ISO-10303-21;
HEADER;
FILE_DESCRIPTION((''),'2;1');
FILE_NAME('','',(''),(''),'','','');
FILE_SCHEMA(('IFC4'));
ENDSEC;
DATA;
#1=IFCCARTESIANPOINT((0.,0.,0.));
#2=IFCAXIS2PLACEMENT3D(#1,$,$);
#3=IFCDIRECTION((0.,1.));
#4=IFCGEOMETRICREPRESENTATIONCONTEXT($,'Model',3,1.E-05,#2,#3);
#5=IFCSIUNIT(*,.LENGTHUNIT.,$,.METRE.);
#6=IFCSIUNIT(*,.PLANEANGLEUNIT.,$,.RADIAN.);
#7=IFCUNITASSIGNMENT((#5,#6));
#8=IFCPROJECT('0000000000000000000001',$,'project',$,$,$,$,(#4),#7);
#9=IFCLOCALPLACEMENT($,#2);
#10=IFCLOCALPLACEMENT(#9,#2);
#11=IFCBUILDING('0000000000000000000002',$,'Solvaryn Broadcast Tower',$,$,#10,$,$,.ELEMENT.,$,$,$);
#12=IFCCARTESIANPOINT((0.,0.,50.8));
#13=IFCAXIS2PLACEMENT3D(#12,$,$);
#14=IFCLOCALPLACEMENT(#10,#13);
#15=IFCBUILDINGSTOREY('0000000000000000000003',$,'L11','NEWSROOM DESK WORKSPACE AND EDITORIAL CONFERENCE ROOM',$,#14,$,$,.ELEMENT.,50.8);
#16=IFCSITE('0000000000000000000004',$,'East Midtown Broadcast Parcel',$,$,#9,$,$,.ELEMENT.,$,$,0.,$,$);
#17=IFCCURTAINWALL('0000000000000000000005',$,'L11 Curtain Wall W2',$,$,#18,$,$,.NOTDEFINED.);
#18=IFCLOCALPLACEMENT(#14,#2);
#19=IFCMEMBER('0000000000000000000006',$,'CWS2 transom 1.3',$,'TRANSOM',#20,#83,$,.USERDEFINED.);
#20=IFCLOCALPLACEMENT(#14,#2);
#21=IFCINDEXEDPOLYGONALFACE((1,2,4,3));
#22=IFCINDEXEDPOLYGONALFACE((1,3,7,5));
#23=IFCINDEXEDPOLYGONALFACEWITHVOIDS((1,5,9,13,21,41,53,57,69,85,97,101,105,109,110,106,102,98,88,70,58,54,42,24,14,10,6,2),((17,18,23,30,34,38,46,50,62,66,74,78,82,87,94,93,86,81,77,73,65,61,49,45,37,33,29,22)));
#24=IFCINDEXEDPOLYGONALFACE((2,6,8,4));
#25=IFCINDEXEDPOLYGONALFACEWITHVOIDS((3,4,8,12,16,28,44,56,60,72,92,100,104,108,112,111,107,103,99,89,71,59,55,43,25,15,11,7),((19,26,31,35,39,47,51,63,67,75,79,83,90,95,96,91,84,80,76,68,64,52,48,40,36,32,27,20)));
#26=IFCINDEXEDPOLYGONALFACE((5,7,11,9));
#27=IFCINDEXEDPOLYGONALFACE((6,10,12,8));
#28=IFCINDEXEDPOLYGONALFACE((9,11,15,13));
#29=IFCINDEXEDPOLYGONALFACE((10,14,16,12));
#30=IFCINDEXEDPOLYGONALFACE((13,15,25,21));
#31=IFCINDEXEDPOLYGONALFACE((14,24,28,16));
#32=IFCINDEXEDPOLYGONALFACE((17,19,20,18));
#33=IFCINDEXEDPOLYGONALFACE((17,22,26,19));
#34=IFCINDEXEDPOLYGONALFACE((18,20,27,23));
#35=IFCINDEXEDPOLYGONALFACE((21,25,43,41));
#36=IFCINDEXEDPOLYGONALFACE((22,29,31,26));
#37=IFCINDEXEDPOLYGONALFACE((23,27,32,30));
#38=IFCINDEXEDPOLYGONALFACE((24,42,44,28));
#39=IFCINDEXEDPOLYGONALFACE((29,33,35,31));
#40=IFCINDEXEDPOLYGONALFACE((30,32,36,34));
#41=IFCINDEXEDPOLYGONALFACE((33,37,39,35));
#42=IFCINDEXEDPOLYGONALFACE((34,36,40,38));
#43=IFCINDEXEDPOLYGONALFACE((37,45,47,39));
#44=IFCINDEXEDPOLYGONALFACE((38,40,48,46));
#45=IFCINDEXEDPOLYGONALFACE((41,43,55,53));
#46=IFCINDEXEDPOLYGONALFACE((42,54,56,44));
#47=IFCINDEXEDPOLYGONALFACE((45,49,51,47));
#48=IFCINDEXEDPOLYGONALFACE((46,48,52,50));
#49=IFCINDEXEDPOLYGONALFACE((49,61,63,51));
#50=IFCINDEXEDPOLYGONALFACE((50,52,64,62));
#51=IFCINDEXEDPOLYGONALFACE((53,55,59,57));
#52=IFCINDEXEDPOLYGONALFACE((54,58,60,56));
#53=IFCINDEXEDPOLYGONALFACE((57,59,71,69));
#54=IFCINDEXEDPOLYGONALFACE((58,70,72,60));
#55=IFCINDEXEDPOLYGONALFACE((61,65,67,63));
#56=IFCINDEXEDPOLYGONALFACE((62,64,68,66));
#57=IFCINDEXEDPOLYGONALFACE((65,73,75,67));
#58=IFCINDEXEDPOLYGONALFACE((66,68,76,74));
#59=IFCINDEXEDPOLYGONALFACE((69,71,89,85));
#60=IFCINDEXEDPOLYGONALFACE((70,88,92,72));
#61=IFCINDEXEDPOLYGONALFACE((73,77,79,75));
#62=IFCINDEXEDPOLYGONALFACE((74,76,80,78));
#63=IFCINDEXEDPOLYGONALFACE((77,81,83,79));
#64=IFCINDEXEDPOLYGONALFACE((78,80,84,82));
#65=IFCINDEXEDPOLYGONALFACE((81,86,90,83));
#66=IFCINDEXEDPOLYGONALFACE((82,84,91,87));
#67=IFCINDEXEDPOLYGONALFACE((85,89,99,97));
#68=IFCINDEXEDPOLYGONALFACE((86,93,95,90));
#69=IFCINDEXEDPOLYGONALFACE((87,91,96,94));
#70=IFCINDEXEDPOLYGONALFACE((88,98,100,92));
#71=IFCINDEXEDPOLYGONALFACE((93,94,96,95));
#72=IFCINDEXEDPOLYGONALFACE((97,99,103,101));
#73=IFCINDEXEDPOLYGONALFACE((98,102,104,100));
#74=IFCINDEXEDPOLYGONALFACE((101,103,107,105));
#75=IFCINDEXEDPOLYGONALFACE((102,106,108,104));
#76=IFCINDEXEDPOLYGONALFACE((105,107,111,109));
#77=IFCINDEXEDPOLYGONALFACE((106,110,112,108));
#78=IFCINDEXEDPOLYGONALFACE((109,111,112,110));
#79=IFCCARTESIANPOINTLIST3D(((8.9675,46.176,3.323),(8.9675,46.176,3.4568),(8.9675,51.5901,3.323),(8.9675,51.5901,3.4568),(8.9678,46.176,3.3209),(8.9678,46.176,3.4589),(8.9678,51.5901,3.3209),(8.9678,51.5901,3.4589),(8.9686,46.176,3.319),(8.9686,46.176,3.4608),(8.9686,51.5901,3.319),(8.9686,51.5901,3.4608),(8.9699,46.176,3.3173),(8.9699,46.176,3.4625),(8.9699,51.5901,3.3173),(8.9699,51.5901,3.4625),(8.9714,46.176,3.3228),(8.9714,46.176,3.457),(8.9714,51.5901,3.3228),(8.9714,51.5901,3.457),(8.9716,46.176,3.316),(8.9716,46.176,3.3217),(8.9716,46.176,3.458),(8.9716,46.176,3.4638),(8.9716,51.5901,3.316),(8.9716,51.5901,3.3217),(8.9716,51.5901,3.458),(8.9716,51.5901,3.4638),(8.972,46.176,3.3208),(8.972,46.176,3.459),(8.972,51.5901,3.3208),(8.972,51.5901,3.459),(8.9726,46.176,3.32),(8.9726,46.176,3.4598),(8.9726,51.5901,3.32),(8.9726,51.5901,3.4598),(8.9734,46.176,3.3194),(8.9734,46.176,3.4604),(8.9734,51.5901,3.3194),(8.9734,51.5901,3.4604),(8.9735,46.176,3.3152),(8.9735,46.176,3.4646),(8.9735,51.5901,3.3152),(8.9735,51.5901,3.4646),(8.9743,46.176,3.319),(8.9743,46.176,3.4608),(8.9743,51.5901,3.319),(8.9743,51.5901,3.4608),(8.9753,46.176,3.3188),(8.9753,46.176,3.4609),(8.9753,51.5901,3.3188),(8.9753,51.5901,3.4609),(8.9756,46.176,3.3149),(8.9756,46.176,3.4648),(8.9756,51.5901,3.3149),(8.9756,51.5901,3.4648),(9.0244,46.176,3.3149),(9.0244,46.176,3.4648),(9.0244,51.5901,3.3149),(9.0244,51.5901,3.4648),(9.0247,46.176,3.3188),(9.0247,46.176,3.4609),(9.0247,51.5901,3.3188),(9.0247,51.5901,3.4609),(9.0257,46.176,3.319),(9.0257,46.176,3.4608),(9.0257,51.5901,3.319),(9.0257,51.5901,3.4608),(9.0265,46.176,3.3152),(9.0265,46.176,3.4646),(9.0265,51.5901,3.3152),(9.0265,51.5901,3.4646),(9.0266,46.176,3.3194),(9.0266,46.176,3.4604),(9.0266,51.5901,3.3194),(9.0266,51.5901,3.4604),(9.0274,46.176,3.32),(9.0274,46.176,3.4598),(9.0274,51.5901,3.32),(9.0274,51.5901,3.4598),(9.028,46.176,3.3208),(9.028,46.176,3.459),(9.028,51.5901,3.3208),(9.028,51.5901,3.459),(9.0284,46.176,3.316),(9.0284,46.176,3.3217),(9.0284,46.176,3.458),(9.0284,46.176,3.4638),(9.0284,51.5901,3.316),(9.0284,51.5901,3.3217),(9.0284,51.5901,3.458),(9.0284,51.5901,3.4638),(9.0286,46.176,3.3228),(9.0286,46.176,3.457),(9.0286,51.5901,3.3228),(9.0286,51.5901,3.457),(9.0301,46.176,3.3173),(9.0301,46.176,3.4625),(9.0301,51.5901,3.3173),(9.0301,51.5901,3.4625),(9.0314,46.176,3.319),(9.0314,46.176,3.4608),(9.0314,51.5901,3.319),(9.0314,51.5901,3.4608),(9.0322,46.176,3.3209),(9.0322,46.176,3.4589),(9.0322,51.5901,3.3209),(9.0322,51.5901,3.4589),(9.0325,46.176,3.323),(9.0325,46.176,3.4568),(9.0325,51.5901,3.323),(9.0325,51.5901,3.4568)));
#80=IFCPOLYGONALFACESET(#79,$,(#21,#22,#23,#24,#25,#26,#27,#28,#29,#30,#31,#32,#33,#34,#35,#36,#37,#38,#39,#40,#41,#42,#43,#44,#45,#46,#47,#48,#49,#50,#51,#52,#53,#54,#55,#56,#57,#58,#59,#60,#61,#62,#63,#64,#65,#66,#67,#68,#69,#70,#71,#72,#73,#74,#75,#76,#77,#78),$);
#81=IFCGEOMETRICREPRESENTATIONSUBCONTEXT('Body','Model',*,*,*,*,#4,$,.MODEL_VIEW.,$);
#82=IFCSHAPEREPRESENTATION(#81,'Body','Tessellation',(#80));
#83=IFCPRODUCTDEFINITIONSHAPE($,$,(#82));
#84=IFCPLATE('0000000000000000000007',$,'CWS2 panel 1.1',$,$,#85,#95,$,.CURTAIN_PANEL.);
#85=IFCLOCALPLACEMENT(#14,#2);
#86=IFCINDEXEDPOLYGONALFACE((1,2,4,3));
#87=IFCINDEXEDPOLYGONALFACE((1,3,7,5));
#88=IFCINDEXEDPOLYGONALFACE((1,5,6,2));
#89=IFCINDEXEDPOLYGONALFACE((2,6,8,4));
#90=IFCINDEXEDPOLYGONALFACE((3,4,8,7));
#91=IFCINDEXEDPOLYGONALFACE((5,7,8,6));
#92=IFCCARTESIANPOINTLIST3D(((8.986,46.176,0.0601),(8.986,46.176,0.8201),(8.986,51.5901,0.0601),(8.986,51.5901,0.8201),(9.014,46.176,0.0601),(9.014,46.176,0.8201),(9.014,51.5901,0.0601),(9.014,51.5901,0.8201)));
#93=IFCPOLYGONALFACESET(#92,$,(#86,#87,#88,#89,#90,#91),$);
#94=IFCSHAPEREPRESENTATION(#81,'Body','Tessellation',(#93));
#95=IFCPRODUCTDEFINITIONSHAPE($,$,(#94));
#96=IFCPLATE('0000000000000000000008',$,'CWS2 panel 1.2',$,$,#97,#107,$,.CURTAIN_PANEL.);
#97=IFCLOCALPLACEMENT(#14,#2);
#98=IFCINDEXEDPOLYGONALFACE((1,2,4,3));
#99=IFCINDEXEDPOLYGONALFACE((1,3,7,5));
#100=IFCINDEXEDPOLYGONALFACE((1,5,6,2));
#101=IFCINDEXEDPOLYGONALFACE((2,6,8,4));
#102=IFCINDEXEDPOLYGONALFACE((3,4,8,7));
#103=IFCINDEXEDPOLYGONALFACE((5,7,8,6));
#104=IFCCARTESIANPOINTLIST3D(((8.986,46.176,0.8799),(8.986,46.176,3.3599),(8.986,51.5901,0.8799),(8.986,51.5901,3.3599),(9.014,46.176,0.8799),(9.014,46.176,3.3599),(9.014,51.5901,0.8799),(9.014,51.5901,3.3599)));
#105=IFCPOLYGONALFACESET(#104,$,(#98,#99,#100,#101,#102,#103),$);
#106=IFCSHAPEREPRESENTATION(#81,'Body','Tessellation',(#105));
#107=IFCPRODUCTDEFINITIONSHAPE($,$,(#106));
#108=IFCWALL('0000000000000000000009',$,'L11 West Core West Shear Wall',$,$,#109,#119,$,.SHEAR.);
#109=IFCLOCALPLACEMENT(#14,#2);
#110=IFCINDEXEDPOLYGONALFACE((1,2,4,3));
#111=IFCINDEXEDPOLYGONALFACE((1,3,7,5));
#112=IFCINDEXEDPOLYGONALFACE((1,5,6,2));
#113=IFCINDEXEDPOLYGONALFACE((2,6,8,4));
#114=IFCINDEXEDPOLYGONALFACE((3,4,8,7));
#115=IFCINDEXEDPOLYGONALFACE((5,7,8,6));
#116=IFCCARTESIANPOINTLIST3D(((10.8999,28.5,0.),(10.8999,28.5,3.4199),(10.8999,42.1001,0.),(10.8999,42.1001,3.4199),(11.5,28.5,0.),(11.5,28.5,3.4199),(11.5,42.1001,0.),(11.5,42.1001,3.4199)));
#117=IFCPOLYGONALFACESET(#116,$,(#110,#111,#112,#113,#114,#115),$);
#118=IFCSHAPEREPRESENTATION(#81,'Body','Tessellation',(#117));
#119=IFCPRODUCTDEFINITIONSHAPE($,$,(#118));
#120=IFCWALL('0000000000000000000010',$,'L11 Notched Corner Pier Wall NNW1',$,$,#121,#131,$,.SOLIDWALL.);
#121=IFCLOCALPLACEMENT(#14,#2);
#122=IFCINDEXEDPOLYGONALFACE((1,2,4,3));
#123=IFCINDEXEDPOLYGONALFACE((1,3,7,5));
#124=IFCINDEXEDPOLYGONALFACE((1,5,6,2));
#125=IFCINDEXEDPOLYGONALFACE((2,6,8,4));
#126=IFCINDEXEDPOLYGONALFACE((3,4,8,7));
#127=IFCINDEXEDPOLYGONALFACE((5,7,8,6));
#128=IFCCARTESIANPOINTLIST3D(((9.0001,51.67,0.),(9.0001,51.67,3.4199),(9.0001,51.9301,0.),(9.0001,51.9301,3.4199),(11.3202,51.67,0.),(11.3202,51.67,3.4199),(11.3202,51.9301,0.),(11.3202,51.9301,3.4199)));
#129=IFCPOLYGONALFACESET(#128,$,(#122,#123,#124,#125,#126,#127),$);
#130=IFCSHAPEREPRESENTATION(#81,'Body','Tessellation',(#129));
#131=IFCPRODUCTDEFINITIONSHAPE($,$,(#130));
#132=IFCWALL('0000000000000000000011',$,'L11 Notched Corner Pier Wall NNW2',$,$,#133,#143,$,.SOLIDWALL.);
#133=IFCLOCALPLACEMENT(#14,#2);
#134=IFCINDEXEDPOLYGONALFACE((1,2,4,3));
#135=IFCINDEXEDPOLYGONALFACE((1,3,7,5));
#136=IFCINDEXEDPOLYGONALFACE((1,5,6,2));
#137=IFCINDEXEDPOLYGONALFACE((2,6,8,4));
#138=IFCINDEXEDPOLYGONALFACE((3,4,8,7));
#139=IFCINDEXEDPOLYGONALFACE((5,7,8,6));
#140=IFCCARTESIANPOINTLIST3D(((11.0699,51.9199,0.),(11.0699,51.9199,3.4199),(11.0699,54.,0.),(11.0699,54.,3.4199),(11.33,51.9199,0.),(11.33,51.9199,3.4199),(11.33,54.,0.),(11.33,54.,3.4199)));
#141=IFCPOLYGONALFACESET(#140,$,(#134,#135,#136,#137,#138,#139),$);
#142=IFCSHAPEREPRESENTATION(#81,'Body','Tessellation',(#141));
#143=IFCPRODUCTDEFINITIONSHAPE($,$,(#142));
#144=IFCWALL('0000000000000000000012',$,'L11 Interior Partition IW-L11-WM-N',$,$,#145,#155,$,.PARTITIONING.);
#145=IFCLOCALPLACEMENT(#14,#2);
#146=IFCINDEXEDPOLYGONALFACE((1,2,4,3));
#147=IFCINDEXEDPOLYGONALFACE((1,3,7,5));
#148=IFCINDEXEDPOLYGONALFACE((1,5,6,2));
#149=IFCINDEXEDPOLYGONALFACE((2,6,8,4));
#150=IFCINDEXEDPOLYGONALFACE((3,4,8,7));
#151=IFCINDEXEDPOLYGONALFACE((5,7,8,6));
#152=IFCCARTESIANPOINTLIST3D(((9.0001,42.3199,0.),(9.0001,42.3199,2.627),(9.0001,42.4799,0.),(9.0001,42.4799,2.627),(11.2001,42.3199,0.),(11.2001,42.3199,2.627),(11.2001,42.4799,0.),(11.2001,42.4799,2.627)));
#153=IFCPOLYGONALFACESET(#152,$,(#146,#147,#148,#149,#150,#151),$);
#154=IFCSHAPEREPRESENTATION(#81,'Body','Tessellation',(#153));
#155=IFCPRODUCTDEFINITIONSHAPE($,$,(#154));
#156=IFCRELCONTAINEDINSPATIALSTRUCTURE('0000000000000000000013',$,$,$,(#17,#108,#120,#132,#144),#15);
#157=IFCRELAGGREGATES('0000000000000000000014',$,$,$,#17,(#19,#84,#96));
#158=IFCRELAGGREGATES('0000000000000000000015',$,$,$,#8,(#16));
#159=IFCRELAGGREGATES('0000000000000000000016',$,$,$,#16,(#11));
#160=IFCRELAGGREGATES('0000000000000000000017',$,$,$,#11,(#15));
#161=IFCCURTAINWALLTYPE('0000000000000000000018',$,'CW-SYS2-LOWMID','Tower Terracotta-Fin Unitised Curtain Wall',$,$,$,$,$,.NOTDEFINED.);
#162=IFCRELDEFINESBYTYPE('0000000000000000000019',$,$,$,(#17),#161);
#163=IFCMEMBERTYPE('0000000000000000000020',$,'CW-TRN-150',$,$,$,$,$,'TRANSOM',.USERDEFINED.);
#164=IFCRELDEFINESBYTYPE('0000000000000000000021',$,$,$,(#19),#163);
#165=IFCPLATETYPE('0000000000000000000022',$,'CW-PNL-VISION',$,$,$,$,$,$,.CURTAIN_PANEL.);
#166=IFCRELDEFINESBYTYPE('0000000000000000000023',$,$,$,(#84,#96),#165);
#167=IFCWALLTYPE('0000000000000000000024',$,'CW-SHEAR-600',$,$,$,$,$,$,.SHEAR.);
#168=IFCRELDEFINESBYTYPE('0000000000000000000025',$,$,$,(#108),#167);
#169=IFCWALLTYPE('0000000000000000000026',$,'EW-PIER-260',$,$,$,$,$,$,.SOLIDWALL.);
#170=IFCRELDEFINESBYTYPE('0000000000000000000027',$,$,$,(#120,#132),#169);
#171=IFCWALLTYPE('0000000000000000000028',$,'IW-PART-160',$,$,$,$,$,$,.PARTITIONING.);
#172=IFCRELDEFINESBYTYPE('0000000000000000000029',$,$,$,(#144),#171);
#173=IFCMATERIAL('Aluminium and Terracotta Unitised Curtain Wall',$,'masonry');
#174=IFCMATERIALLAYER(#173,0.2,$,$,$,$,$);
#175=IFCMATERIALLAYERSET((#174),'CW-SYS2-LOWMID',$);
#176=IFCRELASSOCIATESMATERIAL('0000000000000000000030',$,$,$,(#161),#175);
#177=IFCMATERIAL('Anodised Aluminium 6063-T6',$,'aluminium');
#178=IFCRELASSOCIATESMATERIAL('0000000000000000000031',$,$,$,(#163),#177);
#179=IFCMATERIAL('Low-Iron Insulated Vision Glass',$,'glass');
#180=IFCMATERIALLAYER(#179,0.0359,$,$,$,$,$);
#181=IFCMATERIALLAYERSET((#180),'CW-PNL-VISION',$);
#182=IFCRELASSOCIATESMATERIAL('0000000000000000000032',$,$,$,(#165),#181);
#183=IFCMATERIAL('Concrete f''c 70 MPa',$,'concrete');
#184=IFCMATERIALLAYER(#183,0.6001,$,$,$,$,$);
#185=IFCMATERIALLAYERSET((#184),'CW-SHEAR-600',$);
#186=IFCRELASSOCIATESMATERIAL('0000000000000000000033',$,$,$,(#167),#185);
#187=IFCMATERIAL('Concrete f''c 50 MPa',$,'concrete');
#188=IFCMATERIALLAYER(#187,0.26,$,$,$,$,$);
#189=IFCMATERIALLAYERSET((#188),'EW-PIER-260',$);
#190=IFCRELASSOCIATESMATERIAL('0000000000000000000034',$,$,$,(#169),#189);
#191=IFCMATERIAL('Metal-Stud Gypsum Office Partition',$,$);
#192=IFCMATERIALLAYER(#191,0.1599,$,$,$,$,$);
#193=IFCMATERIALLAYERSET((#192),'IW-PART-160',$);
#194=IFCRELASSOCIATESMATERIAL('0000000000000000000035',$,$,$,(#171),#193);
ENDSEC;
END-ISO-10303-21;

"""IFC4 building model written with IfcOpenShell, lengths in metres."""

from ifc_helpers import new_model, si_unit, direction, frame, frame_2d, origin, origin_2d, place, context, subcontext, project, spatial, rectangle, hollow_rectangle, extrude, material, layer, layer_set, material_profile, profile_set, type_object, element, aggregate, save


model = new_model("IFC4")

# Units and contexts
model_context = context("Model", 3, precision=1e-05, world=origin(), true_north=direction((0.0, 1.0)))
body_context = subcontext(model_context, "Body", "Model", "MODEL_VIEW")
ifc_project = project(units=[si_unit("LENGTHUNIT", "METRE"), si_unit("PLANEANGLEUNIT", "RADIAN")], contexts=[model_context])

# Site, building, storey
site_placement = place(None, origin())
site = spatial("IfcSite", under=ifc_project, at=site_placement, Name="East Midtown Broadcast Parcel", CompositionType="ELEMENT", RefElevation=0.0)
building_placement = place(site_placement, origin())
building = spatial("IfcBuilding", under=site, at=building_placement, Name="Solvaryn Broadcast Tower", CompositionType="ELEMENT")
storey_placement = place(building_placement, frame((0.0, 0.0, 50.8)))
storey = spatial("IfcBuildingStorey", under=building, at=storey_placement, Name="L11", Description="NEWSROOM DESK WORKSPACE AND EDITORIAL CONFERENCE ROOM", CompositionType="ELEMENT", Elevation=50.8)

# Shared definitions
ifc_material_1 = material(Name="Aluminium and Terracotta Unitised Curtain Wall", Category="masonry")
ifc_layer_1 = layer(ifc_material_1, 0.2)
ifc_layer_set_1 = layer_set([ifc_layer_1], Name="CW-SYS2-LOWMID")
curtain_wall_type = type_object("IfcCurtainWallType", Name="CW-SYS2-LOWMID", Description="Tower Terracotta-Fin Unitised Curtain Wall", PredefinedType="NOTDEFINED", material=ifc_layer_set_1)

# Curtain wall
curtain_wall_1_placement = place(storey_placement, origin())
curtain_wall_1 = element("IfcCurtainWall", 1, at=curtain_wall_1_placement, inside=storey, type_object=curtain_wall_type, Name="L11 Curtain Wall W2", PredefinedType="NOTDEFINED")

# Member
ifc_material_2 = material(Name="Anodised Aluminium 6063-T6", Category="aluminium")
ifc_material_profile_1 = material_profile(ifc_material_2, hollow_rectangle(XDim=0.0649, YDim=0.1499, WallThickness=0.0039, InnerFilletRadius=0.0039, OuterFilletRadius=0.0081, at=origin_2d()))
ifc_profile_set_1 = profile_set([ifc_material_profile_1], Name="Anodised Aluminium 6063-T6")
member_type_1 = type_object("IfcMemberType", Name="CW-TRN-150", ElementType="TRANSOM", PredefinedType="USERDEFINED", material=ifc_profile_set_1)
member_1_placement = place(storey_placement, frame((9.0, 46.176, 3.3899), z_axis=(0.0, 1.0, 0.0), x_axis=(-1.0, 0.0, 0.0)))
member_1 = element("IfcMember", 2, at=member_1_placement, type_object=member_type_1, Name="CWS2 transom 1.3", ObjectType="TRANSOM", PredefinedType="USERDEFINED", context=body_context, shape_type="SweptSolid", body=[
    extrude(hollow_rectangle(XDim=0.0649, YDim=0.1499, WallThickness=0.0039, InnerFilletRadius=0.0039, OuterFilletRadius=0.0081, at=origin_2d()), origin(), (0.0, 0.0, 1.0), 5.4141),
])

# Plates
ifc_material_3 = material(Name="Low-Iron Insulated Vision Glass", Category="glass")
ifc_layer_2 = layer(ifc_material_3, 0.0359)
ifc_layer_set_2 = layer_set([ifc_layer_2], Name="CW-PNL-VISION")
plate_type = type_object("IfcPlateType", Name="CW-PNL-VISION", PredefinedType="CURTAIN_PANEL", material=ifc_layer_set_2)
plate_1_placement = place(storey_placement, frame((9.0, 48.8831, 0.0601), z_axis=(0.0, 0.0, 1.0), x_axis=(0.0, 1.0, 0.0)))
plate_1 = element("IfcPlate", 3, at=plate_1_placement, type_object=plate_type, Name="CWS2 panel 1.1", PredefinedType="CURTAIN_PANEL", context=body_context, shape_type="SweptSolid", body=[
    extrude(rectangle(XDim=5.4141, YDim=0.0281, at=origin_2d()), origin(), (0.0, 0.0, 1.0), 0.76),
])
plate_2_placement = place(storey_placement, frame((9.0, 48.8831, 0.8799), z_axis=(0.0, 0.0, 1.0), x_axis=(0.0, 1.0, 0.0)))
plate_2 = element("IfcPlate", 4, at=plate_2_placement, type_object=plate_type, Name="CWS2 panel 1.2", PredefinedType="CURTAIN_PANEL", context=body_context, shape_type="SweptSolid", body=[
    extrude(rectangle(XDim=5.4141, YDim=0.0281, at=origin_2d()), origin(), (0.0, 0.0, 1.0), 2.48),
])
aggregate(curtain_wall_1, [member_1, plate_1, plate_2])

# Walls
ifc_material_4 = material(Name="Concrete f'c 70 MPa", Category="concrete")
ifc_layer_3 = layer(ifc_material_4, 0.6001)
ifc_layer_set_3 = layer_set([ifc_layer_3], Name="CW-SHEAR-600")
wall_type_1 = type_object("IfcWallType", Name="CW-SHEAR-600", PredefinedType="SHEAR", material=ifc_layer_set_3)
wall_1_placement = place(storey_placement, frame((11.2, 42.1001, 0.0), z_axis=(0.0, 0.0, 1.0), x_axis=(0.0, -1.0, 0.0)))
element("IfcWall", 5, at=wall_1_placement, inside=storey, type_object=wall_type_1, Name="L11 West Core West Shear Wall", PredefinedType="SHEAR", context=body_context, shape_type="SweptSolid", body=[
    extrude(rectangle(XDim=13.6001, YDim=0.6001, at=frame_2d((6.8, 0.0))), origin(), (0.0, 0.0, 1.0), 3.4199),
])
ifc_material_5 = material(Name="Concrete f'c 50 MPa", Category="concrete")
ifc_layer_4 = layer(ifc_material_5, 0.26)
ifc_layer_set_4 = layer_set([ifc_layer_4], Name="EW-PIER-260")
wall_type_2 = type_object("IfcWallType", Name="EW-PIER-260", PredefinedType="SOLIDWALL", material=ifc_layer_set_4)
wall_2_placement = place(storey_placement, frame((9.0, 51.8, 0.0), z_axis=(0.0, 0.0, 1.0), x_axis=(1.0, 0.0, 0.0)))
element("IfcWall", 6, at=wall_2_placement, inside=storey, type_object=wall_type_2, Name="L11 Notched Corner Pier Wall NNW1", PredefinedType="SOLIDWALL", context=body_context, shape_type="SweptSolid", body=[
    extrude(rectangle(XDim=2.3201, YDim=0.26, at=frame_2d((1.1602, 0.0))), origin(), (0.0, 0.0, 1.0), 3.4199),
])
wall_3_placement = place(storey_placement, frame((11.2, 51.9199, 0.0), z_axis=(0.0, 0.0, 1.0), x_axis=(0.0, 1.0, 0.0)))
element("IfcWall", 7, at=wall_3_placement, inside=storey, type_object=wall_type_2, Name="L11 Notched Corner Pier Wall NNW2", PredefinedType="SOLIDWALL", context=body_context, shape_type="SweptSolid", body=[
    extrude(rectangle(XDim=2.0801, YDim=0.26, at=frame_2d((1.04, 0.0))), origin(), (0.0, 0.0, 1.0), 3.4199),
])
ifc_material_6 = material(Name="Metal-Stud Gypsum Office Partition")
ifc_layer_5 = layer(ifc_material_6, 0.1599)
ifc_layer_set_5 = layer_set([ifc_layer_5], Name="IW-PART-160")
wall_type_3 = type_object("IfcWallType", Name="IW-PART-160", PredefinedType="PARTITIONING", material=ifc_layer_set_5)
wall_4_placement = place(storey_placement, frame((9.0, 42.3999, 0.0), z_axis=(0.0, 0.0, 1.0), x_axis=(1.0, 0.0, 0.0)))
element("IfcWall", 8, at=wall_4_placement, inside=storey, type_object=wall_type_3, Name="L11 Interior Partition IW-L11-WM-N", PredefinedType="PARTITIONING", context=body_context, shape_type="SweptSolid", body=[
    extrude(rectangle(XDim=2.2, YDim=0.1599, at=frame_2d((1.1001, 0.0))), origin(), (0.0, 0.0, 1.0), 2.627),
])

save(model, "model.ifc")
